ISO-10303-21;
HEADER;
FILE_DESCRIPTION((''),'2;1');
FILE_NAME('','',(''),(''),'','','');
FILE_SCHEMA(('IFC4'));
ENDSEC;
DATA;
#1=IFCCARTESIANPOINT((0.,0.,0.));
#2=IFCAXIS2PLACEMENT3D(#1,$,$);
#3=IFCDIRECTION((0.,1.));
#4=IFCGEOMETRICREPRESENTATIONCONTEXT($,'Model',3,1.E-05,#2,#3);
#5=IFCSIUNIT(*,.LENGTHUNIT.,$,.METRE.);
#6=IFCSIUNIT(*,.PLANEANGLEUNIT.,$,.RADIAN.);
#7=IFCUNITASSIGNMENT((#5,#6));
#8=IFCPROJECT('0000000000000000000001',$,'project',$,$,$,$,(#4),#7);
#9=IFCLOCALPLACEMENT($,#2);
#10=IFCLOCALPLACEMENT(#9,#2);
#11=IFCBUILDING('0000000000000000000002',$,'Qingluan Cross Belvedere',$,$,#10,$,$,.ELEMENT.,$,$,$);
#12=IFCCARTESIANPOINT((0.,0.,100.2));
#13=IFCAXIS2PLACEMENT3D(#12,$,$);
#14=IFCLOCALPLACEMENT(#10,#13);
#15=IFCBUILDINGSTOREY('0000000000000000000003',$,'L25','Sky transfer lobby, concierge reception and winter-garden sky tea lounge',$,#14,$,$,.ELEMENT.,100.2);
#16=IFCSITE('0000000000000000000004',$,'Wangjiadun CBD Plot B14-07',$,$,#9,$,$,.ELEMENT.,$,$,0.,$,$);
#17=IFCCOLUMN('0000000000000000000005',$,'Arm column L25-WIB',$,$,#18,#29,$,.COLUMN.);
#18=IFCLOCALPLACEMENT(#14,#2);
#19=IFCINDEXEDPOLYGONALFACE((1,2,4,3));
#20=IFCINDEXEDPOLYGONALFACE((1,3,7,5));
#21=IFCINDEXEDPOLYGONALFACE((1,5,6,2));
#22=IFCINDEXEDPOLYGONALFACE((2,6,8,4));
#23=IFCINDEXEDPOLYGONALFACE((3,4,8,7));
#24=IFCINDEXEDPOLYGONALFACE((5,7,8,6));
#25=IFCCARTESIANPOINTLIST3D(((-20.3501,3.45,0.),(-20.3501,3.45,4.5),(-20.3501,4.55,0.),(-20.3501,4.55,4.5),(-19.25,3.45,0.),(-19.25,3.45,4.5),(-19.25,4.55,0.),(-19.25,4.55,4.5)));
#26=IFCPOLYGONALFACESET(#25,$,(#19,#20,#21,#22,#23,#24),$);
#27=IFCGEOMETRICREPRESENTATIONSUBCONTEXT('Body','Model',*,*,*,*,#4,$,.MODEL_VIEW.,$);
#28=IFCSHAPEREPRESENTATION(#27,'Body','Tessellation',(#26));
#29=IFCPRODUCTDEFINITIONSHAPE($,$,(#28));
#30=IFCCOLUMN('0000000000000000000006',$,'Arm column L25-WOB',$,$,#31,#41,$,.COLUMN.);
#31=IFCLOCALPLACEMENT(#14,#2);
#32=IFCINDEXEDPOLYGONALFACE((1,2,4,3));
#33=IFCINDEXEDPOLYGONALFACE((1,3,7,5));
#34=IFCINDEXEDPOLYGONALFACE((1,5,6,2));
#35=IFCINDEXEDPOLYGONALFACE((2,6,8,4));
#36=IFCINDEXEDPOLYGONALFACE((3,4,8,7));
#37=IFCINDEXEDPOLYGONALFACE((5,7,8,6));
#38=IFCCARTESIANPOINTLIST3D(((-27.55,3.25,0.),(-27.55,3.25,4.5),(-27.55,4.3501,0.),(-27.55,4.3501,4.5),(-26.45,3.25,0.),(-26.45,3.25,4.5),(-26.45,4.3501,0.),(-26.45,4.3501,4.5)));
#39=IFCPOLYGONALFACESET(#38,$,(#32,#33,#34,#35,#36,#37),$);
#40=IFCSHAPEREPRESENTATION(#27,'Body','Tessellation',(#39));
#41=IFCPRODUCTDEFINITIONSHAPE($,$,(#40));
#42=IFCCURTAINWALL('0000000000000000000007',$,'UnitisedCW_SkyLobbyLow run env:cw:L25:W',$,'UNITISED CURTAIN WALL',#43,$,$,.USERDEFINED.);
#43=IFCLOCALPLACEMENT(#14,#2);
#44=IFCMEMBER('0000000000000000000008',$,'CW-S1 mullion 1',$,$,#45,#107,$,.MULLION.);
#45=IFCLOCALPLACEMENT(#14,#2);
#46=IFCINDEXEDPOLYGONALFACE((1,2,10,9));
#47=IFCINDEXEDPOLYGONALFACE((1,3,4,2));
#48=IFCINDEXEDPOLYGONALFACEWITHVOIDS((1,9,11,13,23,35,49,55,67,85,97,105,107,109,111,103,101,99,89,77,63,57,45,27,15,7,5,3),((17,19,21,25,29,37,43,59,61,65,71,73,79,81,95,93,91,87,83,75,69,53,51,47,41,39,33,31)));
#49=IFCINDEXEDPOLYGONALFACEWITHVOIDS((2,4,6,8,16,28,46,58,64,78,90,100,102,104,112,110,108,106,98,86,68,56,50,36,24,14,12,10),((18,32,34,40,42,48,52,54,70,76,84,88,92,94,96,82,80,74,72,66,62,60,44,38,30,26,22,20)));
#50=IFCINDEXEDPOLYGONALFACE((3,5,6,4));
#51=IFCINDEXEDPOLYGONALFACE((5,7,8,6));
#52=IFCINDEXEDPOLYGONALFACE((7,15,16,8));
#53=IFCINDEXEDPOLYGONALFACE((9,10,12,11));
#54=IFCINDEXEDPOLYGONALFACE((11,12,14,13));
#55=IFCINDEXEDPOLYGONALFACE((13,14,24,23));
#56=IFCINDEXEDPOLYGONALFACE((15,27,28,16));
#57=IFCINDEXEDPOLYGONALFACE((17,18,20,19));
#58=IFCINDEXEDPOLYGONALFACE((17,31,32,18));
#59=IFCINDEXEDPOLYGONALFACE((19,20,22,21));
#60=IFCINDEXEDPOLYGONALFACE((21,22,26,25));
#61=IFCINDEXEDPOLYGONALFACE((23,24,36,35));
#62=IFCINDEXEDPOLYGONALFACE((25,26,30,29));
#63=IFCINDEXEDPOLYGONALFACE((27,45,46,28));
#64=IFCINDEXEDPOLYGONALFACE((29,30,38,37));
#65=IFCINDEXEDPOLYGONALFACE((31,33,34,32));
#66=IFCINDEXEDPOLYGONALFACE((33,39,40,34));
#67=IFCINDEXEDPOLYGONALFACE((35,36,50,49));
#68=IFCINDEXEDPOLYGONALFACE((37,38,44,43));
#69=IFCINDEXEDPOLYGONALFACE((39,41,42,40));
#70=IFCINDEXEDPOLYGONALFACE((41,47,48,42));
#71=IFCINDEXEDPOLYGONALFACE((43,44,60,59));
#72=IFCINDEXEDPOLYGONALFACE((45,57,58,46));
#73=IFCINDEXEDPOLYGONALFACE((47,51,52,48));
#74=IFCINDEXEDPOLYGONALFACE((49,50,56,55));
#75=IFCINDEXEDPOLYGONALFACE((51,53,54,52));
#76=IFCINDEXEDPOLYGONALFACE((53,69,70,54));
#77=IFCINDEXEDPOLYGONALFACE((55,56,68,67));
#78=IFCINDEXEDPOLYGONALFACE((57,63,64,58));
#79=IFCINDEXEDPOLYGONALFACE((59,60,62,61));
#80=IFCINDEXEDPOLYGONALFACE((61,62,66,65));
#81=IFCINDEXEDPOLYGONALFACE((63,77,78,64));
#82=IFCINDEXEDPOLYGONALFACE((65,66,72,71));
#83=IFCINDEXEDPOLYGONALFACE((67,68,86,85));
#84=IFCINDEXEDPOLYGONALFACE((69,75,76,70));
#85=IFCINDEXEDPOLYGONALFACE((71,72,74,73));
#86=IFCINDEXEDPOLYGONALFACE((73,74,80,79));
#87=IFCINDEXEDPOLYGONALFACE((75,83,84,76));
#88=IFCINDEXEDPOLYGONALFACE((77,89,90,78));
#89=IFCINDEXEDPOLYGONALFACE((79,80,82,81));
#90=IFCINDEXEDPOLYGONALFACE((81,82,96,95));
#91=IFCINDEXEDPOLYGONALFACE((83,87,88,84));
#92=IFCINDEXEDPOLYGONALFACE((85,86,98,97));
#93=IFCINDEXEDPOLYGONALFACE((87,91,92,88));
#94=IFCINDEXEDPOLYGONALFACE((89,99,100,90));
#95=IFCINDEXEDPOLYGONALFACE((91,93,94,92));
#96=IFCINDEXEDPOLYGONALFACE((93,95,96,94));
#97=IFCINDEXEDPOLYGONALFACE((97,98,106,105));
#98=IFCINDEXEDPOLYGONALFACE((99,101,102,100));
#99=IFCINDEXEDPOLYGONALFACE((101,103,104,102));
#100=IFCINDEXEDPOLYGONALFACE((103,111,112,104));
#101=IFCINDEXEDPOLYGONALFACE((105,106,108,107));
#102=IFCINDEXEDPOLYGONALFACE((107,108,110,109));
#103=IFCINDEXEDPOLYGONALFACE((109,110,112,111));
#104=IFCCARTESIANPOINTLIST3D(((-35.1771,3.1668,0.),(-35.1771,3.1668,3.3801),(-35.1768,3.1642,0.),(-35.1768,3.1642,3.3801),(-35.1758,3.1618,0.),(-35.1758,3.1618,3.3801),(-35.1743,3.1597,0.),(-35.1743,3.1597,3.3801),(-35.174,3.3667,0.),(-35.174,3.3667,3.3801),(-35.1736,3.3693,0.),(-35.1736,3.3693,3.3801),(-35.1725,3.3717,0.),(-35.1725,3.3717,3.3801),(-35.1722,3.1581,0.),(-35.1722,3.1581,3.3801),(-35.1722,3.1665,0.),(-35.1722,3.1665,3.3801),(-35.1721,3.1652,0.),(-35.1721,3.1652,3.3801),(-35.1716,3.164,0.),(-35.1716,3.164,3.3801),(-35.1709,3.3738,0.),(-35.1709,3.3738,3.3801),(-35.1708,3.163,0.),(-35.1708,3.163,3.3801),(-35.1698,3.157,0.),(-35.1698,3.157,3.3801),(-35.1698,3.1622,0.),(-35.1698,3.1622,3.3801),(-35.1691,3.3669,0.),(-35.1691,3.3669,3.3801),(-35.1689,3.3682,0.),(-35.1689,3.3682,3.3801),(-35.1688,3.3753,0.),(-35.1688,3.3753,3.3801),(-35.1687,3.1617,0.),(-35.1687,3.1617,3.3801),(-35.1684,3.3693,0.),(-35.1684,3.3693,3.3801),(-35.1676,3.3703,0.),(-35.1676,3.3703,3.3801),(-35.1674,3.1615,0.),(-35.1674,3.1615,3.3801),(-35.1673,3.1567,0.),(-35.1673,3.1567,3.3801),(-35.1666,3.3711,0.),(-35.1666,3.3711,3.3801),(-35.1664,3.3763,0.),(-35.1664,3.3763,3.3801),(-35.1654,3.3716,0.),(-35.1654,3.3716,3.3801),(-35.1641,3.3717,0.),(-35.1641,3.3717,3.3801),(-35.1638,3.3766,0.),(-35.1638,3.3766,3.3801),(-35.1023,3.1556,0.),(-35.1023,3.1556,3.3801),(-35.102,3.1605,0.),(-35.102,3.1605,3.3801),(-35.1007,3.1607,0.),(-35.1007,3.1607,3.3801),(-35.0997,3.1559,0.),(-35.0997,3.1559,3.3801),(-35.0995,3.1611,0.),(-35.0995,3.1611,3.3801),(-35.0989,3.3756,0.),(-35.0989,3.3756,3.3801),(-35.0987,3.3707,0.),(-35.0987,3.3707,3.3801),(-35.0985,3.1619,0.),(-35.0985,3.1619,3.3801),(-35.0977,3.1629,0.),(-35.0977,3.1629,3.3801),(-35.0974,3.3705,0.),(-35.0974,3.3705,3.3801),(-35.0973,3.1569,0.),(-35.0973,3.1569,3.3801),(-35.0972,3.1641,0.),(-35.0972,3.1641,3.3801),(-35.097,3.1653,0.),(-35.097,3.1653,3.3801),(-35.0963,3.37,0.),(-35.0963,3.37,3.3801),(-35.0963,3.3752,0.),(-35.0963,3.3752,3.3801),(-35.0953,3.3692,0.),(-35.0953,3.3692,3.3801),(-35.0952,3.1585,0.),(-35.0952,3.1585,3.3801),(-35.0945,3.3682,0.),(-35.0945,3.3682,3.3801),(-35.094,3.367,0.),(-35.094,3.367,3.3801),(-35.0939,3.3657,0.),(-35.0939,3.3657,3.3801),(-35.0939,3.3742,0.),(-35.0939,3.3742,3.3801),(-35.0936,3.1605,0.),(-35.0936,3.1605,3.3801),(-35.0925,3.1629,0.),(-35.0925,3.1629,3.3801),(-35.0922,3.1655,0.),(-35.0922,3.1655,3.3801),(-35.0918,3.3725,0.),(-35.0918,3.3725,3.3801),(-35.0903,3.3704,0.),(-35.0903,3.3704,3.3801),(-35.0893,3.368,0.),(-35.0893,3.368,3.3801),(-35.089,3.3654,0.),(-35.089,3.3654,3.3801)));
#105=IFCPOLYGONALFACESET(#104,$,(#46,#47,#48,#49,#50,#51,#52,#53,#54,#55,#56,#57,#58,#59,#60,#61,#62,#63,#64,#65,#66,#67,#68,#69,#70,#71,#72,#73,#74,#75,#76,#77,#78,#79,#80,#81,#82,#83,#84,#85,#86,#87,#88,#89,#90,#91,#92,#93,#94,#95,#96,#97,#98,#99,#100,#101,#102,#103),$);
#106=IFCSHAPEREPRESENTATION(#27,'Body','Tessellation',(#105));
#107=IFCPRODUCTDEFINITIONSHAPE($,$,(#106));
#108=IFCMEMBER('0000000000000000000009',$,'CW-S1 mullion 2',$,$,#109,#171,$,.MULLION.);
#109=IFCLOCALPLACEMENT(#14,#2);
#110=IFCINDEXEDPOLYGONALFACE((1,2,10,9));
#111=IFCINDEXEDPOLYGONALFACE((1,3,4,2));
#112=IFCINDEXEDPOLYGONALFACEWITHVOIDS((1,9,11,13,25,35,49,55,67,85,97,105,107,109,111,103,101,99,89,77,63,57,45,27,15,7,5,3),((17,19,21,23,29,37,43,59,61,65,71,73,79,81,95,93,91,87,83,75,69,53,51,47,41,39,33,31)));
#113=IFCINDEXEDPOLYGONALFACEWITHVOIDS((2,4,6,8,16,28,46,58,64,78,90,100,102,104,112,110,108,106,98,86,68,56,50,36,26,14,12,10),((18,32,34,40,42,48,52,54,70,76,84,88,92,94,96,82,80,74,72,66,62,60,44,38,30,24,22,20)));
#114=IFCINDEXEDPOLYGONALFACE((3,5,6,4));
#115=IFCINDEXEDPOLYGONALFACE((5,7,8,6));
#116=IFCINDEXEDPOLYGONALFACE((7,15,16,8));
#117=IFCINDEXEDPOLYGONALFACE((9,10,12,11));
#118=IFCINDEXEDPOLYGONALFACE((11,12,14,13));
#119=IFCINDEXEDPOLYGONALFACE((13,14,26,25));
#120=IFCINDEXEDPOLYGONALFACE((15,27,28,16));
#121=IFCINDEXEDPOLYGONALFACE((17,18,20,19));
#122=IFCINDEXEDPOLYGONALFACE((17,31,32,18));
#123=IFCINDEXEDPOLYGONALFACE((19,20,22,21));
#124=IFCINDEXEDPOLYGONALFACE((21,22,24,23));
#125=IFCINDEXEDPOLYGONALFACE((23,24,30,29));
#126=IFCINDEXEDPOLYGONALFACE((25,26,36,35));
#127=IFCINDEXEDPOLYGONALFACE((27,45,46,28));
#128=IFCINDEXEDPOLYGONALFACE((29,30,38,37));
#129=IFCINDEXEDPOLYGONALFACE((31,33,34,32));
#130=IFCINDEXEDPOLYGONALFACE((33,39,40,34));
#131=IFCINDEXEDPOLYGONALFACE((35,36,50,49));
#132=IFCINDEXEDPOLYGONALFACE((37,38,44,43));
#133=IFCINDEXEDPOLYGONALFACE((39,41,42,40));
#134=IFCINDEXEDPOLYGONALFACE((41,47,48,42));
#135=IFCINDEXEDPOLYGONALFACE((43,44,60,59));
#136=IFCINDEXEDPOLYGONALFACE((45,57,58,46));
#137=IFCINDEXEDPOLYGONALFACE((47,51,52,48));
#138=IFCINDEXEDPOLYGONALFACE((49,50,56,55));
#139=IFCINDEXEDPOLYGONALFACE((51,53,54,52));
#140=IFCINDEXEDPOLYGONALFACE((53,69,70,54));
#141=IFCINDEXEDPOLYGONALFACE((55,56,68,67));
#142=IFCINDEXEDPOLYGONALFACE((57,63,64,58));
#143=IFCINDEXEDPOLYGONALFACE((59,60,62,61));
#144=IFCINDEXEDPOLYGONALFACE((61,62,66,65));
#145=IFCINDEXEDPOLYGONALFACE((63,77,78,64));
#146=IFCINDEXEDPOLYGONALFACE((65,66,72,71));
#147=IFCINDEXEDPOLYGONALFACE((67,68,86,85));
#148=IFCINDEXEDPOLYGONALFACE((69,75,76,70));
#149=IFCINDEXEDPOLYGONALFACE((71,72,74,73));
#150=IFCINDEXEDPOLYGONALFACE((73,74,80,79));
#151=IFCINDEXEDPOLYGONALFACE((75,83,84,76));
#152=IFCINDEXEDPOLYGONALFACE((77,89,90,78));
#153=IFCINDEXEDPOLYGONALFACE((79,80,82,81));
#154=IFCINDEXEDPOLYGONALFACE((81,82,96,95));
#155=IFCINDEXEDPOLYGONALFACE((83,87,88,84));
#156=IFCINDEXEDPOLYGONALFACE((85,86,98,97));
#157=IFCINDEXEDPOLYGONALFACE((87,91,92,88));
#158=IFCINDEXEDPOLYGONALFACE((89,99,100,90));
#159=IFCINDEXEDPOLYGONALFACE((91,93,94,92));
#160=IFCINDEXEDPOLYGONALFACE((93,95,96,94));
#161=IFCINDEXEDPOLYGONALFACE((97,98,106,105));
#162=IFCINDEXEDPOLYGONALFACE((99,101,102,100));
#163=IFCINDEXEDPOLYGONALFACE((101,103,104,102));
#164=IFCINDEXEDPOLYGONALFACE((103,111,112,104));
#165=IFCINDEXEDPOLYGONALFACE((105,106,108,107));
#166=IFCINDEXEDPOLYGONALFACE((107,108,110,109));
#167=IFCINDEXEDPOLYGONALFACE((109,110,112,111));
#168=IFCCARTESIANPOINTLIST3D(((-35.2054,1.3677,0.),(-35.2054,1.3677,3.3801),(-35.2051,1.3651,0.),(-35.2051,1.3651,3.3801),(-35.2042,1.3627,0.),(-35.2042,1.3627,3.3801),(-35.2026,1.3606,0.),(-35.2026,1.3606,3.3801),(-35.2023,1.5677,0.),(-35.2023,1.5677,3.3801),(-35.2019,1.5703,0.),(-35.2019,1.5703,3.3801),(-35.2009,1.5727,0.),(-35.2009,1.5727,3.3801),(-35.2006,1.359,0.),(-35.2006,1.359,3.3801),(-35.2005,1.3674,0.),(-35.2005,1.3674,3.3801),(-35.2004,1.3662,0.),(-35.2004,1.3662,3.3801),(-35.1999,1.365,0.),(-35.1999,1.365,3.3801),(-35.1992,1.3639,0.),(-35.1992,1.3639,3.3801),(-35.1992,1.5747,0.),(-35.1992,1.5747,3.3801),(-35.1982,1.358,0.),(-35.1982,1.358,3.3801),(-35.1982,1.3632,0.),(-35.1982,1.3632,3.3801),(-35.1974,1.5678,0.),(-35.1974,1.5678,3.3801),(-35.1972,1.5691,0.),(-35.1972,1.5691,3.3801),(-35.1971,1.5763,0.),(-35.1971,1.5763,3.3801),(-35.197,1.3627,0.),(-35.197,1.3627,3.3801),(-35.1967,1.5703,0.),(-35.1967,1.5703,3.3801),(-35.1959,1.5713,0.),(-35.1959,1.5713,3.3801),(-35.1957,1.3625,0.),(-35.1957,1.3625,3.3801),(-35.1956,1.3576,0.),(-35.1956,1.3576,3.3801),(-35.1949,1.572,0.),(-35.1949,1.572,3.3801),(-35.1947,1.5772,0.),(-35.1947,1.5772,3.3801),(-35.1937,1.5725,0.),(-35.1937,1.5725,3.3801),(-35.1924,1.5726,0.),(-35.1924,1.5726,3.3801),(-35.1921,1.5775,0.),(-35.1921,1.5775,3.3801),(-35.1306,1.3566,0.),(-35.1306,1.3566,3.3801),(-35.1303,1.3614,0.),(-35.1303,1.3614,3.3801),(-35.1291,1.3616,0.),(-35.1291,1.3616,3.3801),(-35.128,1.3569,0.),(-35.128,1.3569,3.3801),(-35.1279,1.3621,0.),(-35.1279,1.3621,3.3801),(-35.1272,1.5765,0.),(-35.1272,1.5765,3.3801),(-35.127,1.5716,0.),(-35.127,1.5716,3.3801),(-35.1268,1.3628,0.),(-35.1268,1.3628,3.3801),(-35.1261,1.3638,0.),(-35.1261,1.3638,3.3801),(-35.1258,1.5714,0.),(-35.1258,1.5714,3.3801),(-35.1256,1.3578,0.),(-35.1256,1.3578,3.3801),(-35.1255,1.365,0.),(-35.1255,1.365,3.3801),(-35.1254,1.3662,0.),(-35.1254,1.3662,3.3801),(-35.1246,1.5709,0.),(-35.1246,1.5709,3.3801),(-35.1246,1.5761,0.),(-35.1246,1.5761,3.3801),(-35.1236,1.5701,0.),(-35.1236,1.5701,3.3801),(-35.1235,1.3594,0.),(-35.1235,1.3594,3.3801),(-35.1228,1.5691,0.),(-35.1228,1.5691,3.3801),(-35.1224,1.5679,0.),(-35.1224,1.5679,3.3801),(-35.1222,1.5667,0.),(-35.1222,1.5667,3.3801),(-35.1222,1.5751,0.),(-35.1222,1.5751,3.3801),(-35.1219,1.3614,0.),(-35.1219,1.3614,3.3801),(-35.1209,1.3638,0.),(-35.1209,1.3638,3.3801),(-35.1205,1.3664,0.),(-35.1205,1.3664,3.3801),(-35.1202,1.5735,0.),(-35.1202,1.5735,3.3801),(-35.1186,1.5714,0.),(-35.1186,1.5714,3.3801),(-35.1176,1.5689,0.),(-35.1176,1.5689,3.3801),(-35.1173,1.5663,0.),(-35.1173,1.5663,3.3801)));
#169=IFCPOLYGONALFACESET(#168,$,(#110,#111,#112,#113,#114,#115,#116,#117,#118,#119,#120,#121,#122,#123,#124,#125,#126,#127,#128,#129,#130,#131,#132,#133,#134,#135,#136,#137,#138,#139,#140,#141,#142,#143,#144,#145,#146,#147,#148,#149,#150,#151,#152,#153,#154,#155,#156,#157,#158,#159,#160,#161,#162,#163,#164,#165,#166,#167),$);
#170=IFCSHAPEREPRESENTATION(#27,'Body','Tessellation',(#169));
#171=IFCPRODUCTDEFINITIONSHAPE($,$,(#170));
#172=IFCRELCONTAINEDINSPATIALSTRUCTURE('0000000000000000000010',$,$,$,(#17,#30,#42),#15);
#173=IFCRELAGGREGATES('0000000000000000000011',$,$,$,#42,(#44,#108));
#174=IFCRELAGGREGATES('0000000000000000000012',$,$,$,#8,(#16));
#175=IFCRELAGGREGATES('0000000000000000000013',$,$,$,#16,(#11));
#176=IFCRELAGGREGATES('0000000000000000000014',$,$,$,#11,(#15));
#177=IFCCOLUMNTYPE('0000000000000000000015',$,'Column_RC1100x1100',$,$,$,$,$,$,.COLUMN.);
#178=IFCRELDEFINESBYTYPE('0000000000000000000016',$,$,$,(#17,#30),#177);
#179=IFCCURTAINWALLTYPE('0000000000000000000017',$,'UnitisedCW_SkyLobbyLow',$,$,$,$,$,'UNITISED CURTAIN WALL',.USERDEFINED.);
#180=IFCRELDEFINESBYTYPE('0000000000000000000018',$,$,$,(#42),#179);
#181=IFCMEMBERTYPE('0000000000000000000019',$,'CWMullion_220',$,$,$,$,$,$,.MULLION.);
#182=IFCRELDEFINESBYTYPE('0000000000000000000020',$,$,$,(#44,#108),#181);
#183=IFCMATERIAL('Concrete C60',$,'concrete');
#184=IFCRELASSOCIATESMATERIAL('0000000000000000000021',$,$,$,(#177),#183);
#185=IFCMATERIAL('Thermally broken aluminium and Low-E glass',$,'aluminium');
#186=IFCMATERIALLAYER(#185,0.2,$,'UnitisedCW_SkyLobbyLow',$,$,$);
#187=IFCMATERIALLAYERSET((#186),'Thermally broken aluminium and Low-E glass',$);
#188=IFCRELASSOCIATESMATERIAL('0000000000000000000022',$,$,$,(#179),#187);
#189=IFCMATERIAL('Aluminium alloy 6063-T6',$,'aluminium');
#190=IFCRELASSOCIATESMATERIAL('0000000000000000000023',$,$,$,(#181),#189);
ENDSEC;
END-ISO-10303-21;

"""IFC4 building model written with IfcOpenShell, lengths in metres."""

from ifc_helpers import new_model, si_unit, direction, frame, origin, origin_2d, place, context, subcontext, project, spatial, rectangle, hollow_rectangle, extrude, material, layer, layer_set, material_profile, profile_set, type_object, element, aggregate, save


model = new_model("IFC4")

# Units and contexts
model_context = context("Model", 3, precision=1e-05, world=origin(), true_north=direction((0.0, 1.0)))
body_context = subcontext(model_context, "Body", "Model", "MODEL_VIEW")
ifc_project = project(units=[si_unit("LENGTHUNIT", "METRE"), si_unit("PLANEANGLEUNIT", "RADIAN")], contexts=[model_context])

# Site, building, storey
site_placement = place(None, origin())
site = spatial("IfcSite", under=ifc_project, at=site_placement, Name="Wangjiadun CBD Plot B14-07", CompositionType="ELEMENT", RefElevation=0.0)
building_placement = place(site_placement, origin())
building = spatial("IfcBuilding", under=site, at=building_placement, Name="Qingluan Cross Belvedere", CompositionType="ELEMENT")
storey_placement = place(building_placement, frame((0.0, 0.0, 100.2)))
storey = spatial("IfcBuildingStorey", under=building, at=storey_placement, Name="L25", Description="Sky transfer lobby, concierge reception and winter-garden sky tea lounge", CompositionType="ELEMENT", Elevation=100.2)

# Columns
ifc_material_1 = material(Name="Concrete C60", Category="concrete")
ifc_material_profile_1 = material_profile(ifc_material_1, rectangle(XDim=1.1001, YDim=1.1001, at=origin_2d()), Name="RC1100x1100")
ifc_profile_set_1 = profile_set([ifc_material_profile_1], Name="Concrete C60")
column_type = type_object("IfcColumnType", Name="Column_RC1100x1100", PredefinedType="COLUMN", material=ifc_profile_set_1)
for number, where, z_axis, x_axis, name in (
    (1, (-19.8, 4.0, 0.0), (0.0, 0.0, 1.0), (1.0, 0.0, 0.0), "Arm column L25-WIB"),
    (2, (-27.0, 3.8, 0.0), (0.0, 0.0, 1.0), (1.0, 0.0, 0.0), "Arm column L25-WOB"),
):
    element("IfcColumn", number, at=place(storey_placement, frame(where, z_axis=z_axis, x_axis=x_axis)), inside=storey, type_object=column_type, Name=name, PredefinedType="COLUMN", context=body_context, shape_type="SweptSolid", body=[
        extrude(rectangle(XDim=1.1001, YDim=1.1001, at=origin_2d()), origin(), (0.0, 0.0, 1.0), 4.5),
    ])

# Curtain wall, members
ifc_material_2 = material(Name="Thermally broken aluminium and Low-E glass", Category="aluminium")
ifc_layer_1 = layer(ifc_material_2, 0.2, Name="UnitisedCW_SkyLobbyLow")
ifc_layer_set_1 = layer_set([ifc_layer_1], Name="Thermally broken aluminium and Low-E glass")
curtain_wall_type = type_object("IfcCurtainWallType", Name="UnitisedCW_SkyLobbyLow", ElementType="UNITISED CURTAIN WALL", PredefinedType="USERDEFINED", material=ifc_layer_set_1)
curtain_wall_placement = place(storey_placement, origin())
curtain_wall = element("IfcCurtainWall", 3, at=curtain_wall_placement, inside=storey, type_object=curtain_wall_type, Name="UnitisedCW_SkyLobbyLow run env:cw:L25:W", ObjectType="UNITISED CURTAIN WALL", PredefinedType="USERDEFINED")
ifc_material_3 = material(Name="Aluminium alloy 6063-T6", Category="aluminium")
ifc_material_profile_2 = material_profile(ifc_material_3, hollow_rectangle(XDim=0.085, YDim=0.22, WallThickness=0.0049, InnerFilletRadius=0.0049, OuterFilletRadius=0.01, at=origin_2d()), Name="CWM220x85x5")
ifc_profile_set_2 = profile_set([ifc_material_profile_2], Name="Aluminium alloy 6063-T6")
member_type_1 = type_object("IfcMemberType", Name="CWMullion_220", PredefinedType="MULLION", material=ifc_profile_set_2)
member_1_placement = place(storey_placement, frame((-35.1331, 3.2661, 0.0), z_axis=(0.0, 0.0, 1.0), x_axis=(0.999877, -0.015707, 0.0)))
member_1 = element("IfcMember", 4, at=member_1_placement, type_object=member_type_1, Name="CW-S1 mullion 1", PredefinedType="MULLION", context=body_context, shape_type="SweptSolid", body=[
    extrude(hollow_rectangle(XDim=0.085, YDim=0.22, WallThickness=0.0049, InnerFilletRadius=0.0049, OuterFilletRadius=0.01, at=origin_2d()), origin(), (0.0, 0.0, 1.0), 3.3801),
])
member_2_placement = place(storey_placement, frame((-35.1614, 1.467, 0.0), z_axis=(0.0, 0.0, 1.0), x_axis=(0.999877, -0.015707, 0.0)))
member_2 = element("IfcMember", 5, at=member_2_placement, type_object=member_type_1, Name="CW-S1 mullion 2", PredefinedType="MULLION", context=body_context, shape_type="SweptSolid", body=[
    extrude(hollow_rectangle(XDim=0.085, YDim=0.22, WallThickness=0.0049, InnerFilletRadius=0.0049, OuterFilletRadius=0.01, at=origin_2d()), origin(), (0.0, 0.0, 1.0), 3.3801),
])

aggregate(curtain_wall, [member_1, member_2])

save(model, "model.ifc")
